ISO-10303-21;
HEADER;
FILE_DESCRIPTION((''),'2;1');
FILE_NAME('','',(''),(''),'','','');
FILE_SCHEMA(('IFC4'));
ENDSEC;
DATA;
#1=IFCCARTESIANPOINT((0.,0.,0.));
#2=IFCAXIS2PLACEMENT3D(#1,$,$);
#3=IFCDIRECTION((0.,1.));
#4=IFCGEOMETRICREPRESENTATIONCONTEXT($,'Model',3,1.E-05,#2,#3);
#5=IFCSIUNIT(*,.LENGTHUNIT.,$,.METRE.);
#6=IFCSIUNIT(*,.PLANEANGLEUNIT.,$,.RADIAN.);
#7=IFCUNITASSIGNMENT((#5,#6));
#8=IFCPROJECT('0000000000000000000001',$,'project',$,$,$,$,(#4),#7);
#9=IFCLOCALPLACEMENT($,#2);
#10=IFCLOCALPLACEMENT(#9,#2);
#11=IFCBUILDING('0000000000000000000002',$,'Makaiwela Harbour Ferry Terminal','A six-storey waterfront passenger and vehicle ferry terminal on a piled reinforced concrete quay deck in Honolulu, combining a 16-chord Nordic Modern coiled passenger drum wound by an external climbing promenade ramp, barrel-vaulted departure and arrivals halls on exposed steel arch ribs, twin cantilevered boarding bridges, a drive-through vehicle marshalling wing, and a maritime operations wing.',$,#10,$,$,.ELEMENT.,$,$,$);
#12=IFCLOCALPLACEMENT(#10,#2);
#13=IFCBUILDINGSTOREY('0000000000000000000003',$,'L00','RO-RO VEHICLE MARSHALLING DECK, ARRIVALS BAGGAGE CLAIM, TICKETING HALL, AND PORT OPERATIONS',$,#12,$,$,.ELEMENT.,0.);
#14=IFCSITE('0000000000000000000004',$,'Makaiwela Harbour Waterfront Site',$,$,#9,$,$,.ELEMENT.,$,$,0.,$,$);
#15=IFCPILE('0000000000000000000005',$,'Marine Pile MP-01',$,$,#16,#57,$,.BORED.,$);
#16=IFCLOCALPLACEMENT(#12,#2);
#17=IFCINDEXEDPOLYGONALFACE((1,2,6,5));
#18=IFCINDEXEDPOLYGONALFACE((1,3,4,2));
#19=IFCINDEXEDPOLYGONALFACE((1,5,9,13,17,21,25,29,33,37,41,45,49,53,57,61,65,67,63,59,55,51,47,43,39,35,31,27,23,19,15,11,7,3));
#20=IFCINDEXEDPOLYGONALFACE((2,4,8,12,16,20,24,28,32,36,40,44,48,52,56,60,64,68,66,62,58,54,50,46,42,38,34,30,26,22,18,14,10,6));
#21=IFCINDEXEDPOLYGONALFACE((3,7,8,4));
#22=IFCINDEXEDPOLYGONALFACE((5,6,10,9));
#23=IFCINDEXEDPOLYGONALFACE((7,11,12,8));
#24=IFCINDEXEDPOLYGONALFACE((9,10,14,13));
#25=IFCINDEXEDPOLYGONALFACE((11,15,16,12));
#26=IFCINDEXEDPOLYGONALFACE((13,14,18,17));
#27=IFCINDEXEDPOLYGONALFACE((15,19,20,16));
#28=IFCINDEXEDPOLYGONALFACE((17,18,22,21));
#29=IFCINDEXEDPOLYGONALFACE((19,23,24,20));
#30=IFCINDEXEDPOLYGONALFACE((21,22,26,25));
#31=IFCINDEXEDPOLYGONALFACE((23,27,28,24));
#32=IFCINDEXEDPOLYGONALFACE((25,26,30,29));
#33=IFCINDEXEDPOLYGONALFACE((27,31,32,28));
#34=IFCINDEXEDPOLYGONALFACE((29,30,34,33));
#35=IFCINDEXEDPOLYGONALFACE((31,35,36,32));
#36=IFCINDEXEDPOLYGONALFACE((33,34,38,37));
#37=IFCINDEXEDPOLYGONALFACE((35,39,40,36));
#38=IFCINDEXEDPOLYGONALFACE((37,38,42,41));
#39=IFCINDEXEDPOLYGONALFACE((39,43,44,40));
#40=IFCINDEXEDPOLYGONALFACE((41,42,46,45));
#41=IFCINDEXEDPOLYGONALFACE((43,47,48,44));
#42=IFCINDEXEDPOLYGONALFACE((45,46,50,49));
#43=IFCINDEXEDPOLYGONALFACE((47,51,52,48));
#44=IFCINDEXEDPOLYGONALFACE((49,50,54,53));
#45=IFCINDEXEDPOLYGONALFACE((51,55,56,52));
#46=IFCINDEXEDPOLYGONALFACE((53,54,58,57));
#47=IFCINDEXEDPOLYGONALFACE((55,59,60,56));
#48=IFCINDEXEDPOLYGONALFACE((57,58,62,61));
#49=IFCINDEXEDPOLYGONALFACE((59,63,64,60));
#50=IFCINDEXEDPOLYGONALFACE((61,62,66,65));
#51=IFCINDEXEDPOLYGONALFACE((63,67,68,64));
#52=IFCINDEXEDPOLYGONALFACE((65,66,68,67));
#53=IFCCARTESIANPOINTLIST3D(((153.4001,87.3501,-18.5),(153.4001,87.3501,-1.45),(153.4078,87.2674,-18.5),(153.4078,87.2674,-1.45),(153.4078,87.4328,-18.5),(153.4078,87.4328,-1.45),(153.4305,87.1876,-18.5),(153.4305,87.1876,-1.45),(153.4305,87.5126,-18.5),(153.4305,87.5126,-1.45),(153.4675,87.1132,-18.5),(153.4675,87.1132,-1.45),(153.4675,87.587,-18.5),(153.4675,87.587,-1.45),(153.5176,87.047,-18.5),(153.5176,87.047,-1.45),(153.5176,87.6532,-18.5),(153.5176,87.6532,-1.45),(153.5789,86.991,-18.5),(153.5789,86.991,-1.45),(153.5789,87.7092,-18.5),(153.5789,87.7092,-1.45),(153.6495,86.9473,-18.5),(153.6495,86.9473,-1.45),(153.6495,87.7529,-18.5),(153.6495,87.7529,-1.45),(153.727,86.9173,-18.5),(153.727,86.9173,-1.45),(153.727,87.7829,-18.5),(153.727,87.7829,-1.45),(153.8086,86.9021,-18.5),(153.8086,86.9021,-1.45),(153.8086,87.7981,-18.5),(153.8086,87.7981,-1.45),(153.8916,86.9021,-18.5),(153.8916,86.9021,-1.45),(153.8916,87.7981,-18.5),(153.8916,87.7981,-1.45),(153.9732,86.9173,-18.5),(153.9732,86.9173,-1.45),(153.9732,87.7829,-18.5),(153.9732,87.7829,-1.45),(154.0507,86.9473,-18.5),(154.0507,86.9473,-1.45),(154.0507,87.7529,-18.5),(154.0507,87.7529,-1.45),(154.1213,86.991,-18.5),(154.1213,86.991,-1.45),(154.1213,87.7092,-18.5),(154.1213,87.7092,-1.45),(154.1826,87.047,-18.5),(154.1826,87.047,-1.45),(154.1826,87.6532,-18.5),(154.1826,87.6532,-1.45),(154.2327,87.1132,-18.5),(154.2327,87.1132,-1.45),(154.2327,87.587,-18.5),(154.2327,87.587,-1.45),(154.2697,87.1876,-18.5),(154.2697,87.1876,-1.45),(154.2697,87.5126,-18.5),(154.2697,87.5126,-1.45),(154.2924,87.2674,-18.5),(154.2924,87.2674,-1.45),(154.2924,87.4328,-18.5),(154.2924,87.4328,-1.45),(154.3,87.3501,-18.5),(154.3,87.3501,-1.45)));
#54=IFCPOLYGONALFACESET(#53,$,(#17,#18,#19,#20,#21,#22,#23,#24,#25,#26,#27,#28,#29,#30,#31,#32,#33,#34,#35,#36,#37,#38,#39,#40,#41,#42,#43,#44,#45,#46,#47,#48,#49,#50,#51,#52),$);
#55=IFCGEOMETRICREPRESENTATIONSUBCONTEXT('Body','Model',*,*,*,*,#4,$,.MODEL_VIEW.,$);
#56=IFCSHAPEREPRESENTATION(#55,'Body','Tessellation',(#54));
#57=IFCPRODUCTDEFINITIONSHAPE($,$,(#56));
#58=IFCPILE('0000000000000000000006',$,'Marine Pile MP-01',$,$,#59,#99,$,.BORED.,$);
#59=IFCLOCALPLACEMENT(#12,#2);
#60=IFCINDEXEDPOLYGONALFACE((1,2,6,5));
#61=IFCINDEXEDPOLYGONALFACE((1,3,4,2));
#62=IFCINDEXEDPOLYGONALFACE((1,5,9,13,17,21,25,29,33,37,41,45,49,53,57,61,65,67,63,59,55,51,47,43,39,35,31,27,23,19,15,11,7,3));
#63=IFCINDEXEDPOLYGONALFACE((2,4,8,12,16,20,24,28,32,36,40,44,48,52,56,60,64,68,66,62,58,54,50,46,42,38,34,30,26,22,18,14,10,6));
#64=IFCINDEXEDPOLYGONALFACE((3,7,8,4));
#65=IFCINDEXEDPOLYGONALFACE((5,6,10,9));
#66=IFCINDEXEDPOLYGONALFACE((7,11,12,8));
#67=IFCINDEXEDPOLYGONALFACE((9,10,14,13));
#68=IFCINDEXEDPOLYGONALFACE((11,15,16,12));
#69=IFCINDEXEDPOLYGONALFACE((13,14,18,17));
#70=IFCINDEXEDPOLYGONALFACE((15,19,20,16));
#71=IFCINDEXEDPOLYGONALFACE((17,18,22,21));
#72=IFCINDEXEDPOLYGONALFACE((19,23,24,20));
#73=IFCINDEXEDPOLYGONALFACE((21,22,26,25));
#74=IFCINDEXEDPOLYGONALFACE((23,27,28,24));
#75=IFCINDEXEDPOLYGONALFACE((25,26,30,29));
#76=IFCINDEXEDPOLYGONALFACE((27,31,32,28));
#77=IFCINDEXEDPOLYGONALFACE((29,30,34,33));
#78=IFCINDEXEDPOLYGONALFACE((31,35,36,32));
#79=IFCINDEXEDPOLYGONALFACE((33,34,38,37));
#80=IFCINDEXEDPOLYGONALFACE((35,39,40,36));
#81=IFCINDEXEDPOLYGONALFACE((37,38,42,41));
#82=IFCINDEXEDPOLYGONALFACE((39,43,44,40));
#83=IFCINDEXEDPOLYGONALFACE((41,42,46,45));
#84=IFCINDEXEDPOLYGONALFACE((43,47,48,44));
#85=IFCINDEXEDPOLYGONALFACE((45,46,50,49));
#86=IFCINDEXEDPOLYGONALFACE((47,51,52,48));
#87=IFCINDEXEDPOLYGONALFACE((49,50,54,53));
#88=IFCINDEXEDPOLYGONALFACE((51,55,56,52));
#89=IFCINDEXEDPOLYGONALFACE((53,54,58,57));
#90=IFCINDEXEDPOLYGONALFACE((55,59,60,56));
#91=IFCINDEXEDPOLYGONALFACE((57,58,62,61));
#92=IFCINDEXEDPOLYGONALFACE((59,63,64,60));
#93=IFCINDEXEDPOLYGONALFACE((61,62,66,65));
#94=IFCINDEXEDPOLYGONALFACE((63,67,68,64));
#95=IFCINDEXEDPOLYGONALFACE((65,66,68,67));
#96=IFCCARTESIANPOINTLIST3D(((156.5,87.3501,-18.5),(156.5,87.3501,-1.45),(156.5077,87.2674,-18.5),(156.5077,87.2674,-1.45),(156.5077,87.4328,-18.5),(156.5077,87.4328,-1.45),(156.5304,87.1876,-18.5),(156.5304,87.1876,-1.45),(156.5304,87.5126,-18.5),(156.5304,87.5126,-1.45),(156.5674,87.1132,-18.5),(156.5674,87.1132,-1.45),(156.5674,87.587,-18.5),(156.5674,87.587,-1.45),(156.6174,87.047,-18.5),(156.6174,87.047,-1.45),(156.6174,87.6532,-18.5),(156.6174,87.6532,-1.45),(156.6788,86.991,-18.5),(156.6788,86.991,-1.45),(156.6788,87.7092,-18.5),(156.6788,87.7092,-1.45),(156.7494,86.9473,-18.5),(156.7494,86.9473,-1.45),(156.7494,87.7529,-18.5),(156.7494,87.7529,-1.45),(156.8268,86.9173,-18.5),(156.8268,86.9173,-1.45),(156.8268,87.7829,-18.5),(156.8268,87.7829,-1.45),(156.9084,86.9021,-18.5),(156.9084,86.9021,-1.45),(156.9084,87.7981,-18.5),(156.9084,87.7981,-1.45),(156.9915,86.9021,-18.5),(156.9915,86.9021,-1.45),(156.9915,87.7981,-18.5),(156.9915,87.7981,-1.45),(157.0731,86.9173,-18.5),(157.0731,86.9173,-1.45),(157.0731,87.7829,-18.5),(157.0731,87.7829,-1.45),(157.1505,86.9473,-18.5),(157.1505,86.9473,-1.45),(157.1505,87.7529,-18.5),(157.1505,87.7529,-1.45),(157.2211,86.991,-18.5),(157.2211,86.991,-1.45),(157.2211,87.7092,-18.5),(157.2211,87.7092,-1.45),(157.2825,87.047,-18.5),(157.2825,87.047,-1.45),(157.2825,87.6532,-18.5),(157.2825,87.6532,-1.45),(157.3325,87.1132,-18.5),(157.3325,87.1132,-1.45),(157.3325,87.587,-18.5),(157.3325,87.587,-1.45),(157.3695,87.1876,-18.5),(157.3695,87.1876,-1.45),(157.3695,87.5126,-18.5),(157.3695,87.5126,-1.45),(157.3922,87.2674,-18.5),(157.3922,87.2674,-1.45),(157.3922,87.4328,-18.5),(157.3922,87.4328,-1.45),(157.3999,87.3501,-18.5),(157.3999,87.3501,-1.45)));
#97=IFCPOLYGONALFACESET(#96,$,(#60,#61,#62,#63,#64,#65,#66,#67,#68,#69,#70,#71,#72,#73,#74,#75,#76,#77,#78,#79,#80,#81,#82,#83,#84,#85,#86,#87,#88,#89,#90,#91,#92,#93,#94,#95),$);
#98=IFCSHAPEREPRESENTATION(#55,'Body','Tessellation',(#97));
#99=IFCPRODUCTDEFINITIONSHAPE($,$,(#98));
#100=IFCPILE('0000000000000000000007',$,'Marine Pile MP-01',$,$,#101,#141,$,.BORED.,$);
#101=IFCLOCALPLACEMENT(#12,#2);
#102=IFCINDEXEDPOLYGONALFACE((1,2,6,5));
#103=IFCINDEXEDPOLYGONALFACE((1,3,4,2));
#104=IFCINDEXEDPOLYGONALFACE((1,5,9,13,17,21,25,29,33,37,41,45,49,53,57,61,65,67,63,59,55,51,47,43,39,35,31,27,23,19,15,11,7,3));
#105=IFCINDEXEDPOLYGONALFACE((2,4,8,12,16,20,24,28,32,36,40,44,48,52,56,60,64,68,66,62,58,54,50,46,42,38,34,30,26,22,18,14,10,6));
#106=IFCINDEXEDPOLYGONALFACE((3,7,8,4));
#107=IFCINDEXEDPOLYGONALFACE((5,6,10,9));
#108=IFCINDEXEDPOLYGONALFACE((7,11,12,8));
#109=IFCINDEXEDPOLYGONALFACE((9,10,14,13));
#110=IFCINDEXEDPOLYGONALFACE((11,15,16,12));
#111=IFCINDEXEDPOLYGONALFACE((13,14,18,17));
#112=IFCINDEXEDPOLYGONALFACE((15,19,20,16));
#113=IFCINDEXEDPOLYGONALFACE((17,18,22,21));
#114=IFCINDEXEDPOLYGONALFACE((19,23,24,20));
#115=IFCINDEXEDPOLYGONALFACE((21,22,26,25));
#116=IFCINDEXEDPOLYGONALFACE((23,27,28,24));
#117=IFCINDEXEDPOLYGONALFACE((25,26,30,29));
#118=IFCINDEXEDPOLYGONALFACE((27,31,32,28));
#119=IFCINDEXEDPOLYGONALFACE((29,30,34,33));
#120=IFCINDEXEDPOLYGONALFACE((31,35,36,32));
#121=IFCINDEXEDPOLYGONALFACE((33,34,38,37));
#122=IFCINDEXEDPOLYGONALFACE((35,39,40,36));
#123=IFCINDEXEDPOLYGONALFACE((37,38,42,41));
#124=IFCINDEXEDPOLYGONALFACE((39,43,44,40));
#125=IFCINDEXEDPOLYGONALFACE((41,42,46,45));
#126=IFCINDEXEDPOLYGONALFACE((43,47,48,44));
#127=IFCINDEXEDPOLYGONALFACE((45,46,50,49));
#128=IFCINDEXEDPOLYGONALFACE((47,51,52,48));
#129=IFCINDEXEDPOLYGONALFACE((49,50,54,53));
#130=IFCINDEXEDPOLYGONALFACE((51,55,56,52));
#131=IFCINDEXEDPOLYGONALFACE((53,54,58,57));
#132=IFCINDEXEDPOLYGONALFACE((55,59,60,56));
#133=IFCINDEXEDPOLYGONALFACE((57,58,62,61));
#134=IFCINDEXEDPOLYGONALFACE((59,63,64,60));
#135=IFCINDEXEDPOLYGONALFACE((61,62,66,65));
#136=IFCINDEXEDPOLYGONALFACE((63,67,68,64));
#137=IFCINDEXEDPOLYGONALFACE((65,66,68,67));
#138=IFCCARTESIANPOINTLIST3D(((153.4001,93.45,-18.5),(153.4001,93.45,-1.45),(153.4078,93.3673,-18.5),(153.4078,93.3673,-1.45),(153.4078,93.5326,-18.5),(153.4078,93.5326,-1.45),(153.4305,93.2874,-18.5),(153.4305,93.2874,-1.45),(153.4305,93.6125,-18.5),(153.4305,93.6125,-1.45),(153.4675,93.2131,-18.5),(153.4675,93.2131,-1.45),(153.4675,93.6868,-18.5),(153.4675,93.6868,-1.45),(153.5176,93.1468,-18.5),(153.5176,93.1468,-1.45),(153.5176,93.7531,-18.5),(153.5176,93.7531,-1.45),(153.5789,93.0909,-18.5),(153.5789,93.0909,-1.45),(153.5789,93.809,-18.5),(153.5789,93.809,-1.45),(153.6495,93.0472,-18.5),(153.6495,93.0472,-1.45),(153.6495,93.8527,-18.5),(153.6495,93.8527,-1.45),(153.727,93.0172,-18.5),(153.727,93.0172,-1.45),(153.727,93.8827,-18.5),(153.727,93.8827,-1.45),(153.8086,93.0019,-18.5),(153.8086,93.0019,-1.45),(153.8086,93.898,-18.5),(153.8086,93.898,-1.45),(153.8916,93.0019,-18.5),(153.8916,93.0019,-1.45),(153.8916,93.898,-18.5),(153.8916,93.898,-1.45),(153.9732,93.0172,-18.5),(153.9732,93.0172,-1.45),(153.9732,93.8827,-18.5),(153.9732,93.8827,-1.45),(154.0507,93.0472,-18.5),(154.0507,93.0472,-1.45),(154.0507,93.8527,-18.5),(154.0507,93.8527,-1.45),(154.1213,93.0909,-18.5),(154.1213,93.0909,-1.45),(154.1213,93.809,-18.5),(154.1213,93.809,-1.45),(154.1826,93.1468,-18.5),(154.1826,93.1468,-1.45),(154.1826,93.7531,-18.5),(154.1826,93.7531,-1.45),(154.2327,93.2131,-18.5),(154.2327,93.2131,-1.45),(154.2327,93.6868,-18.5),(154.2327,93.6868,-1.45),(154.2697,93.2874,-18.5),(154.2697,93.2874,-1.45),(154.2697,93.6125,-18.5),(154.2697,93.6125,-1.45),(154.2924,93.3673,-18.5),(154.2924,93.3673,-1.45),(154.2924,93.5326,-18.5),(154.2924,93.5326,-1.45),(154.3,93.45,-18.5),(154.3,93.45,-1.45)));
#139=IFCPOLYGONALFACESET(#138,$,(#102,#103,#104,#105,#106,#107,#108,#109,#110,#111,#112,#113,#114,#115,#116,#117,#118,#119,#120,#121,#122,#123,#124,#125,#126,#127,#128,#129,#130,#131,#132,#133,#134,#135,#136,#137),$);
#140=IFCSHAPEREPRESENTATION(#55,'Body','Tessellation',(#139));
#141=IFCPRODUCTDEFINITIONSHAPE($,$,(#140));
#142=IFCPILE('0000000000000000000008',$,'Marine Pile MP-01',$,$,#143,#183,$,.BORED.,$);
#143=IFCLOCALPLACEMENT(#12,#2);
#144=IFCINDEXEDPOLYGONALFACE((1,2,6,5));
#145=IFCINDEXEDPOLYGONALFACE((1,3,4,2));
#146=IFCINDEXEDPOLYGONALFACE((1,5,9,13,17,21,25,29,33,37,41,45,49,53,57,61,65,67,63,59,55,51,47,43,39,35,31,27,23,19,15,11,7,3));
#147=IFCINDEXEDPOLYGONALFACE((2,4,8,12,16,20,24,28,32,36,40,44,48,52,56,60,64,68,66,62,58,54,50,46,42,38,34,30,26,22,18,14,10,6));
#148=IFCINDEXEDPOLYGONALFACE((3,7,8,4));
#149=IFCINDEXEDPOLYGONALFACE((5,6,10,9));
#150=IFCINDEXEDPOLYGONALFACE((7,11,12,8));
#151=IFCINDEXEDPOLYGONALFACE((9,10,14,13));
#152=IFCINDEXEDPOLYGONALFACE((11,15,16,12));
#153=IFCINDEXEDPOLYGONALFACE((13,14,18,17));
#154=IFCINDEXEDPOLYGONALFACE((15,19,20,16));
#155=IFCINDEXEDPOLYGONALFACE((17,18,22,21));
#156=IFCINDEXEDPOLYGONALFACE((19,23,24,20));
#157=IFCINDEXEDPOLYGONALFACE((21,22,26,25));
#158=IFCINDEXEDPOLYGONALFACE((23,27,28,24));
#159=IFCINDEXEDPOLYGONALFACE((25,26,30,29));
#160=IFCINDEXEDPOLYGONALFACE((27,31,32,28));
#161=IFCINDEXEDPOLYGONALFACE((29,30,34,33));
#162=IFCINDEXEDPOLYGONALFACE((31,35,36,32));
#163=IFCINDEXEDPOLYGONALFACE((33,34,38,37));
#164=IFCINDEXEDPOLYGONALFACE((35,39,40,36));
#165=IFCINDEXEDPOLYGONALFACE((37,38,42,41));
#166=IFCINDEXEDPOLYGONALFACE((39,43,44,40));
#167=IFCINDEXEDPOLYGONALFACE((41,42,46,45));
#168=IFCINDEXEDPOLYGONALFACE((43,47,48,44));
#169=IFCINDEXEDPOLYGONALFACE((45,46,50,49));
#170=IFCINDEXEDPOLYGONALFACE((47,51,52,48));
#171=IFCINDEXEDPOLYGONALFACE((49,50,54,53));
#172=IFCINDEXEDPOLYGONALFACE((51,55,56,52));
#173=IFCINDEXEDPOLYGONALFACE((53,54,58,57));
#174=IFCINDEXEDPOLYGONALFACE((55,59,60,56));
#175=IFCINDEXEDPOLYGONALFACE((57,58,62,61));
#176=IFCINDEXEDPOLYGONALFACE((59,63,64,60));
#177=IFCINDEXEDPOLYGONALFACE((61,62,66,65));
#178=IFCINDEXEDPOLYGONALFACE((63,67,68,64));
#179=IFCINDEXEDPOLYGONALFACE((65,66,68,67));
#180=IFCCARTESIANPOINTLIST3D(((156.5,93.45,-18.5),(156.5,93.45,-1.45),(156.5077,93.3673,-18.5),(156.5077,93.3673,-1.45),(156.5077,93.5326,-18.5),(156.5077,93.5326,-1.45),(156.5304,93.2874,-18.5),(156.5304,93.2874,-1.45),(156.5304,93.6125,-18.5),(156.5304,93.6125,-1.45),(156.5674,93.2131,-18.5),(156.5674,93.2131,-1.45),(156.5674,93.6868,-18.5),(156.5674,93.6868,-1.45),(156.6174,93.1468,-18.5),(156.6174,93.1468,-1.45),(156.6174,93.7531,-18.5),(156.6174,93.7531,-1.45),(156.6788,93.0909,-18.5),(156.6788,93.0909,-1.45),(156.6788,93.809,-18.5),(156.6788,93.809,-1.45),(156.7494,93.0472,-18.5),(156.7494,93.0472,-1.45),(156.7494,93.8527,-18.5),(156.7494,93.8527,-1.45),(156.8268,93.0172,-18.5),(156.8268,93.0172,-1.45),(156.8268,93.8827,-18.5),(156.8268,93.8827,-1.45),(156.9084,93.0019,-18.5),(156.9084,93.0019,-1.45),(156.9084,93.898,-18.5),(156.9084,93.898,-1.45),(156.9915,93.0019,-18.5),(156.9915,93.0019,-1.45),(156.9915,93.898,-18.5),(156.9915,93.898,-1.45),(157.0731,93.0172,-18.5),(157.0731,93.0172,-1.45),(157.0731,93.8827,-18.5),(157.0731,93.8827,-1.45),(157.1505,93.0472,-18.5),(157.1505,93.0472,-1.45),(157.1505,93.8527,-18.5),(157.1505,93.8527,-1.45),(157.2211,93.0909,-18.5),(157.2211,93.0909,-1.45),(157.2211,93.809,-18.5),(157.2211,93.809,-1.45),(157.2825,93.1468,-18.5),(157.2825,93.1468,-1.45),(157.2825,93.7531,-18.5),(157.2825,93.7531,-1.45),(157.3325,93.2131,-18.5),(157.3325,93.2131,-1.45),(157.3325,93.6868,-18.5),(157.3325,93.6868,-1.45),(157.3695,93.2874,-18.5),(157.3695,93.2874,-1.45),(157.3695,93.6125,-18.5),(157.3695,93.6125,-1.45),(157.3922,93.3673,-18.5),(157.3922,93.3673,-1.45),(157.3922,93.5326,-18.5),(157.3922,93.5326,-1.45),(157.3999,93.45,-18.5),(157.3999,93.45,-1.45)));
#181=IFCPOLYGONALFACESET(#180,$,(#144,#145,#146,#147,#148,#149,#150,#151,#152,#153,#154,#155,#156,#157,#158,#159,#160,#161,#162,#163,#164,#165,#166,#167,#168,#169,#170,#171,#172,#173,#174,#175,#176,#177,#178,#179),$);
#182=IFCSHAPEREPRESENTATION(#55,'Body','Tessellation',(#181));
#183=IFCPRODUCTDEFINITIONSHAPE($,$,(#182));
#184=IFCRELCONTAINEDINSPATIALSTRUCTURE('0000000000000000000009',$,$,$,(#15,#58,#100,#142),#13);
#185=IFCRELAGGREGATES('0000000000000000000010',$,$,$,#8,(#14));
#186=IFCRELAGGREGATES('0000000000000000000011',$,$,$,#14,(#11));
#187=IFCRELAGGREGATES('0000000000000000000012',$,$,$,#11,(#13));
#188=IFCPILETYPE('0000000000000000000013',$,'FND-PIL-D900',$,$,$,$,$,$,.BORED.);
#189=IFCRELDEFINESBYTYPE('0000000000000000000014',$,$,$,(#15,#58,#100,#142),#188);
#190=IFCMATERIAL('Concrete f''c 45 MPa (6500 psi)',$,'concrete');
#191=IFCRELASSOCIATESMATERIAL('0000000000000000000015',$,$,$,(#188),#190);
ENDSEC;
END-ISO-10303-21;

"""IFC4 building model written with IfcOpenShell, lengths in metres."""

from ifc_helpers import new_model, si_unit, direction, frame, origin, origin_2d, place, context, subcontext, project, spatial, circle, extrude, material, material_profile, profile_set, type_object, element, save


model = new_model("IFC4")

# Units and contexts
model_context = context("Model", 3, precision=1e-05, world=origin(), true_north=direction((0.0, 1.0)))
body_context = subcontext(model_context, "Body", "Model", "MODEL_VIEW")
ifc_project = project(units=[si_unit("LENGTHUNIT", "METRE"), si_unit("PLANEANGLEUNIT", "RADIAN")], contexts=[model_context])

# Site, building, storey
site_placement = place(None, origin())
site = spatial("IfcSite", under=ifc_project, at=site_placement, Name="Makaiwela Harbour Waterfront Site", CompositionType="ELEMENT", RefElevation=0.0)
building_placement = place(site_placement, origin())
building = spatial("IfcBuilding", under=site, at=building_placement, Name="Makaiwela Harbour Ferry Terminal", Description="A six-storey waterfront passenger and vehicle ferry terminal on a piled reinforced concrete quay deck in Honolulu, combining a 16-chord Nordic Modern coiled passenger drum wound by an external climbing promenade ramp, barrel-vaulted departure and arrivals halls on exposed steel arch ribs, twin cantilevered boarding bridges, a drive-through vehicle marshalling wing, and a maritime operations wing.", CompositionType="ELEMENT")
storey_placement = place(building_placement, origin())
storey = spatial("IfcBuildingStorey", under=building, at=storey_placement, Name="L00", Description="RO-RO VEHICLE MARSHALLING DECK, ARRIVALS BAGGAGE CLAIM, TICKETING HALL, AND PORT OPERATIONS", CompositionType="ELEMENT", Elevation=0.0)

# Shared definitions
ifc_material_1 = material(Name="Concrete f'c 45 MPa (6500 psi)", Category="concrete")

# Piles
ifc_material_profile_1 = material_profile(ifc_material_1, circle(Radius=0.45, at=origin_2d()), Name="PILE-D900")
ifc_profile_set_1 = profile_set([ifc_material_profile_1], Name="Concrete f'c 45 MPa (6500 psi)")
pile_type = type_object("IfcPileType", Name="FND-PIL-D900", PredefinedType="BORED", material=ifc_profile_set_1)
for number, where, z_axis, x_axis, name in (
    (1, (153.8501, 87.3501, -1.45), (0.0, 0.0, -1.0), (1.0, 0.0, 0.0), "Marine Pile MP-01"),
    (2, (156.95, 87.3501, -1.45), (0.0, 0.0, -1.0), (1.0, 0.0, 0.0), "Marine Pile MP-01"),
    (3, (153.8501, 93.45, -1.45), (0.0, 0.0, -1.0), (1.0, 0.0, 0.0), "Marine Pile MP-01"),
    (4, (156.95, 93.45, -1.45), (0.0, 0.0, -1.0), (1.0, 0.0, 0.0), "Marine Pile MP-01"),
):
    element("IfcPile", number, at=place(storey_placement, frame(where, z_axis=z_axis, x_axis=x_axis)), inside=storey, type_object=pile_type, Name=name, PredefinedType="BORED", context=body_context, shape_type="SweptSolid", body=[
        extrude(circle(Radius=0.45, at=origin_2d()), origin(), (0.0, 0.0, 1.0), 17.05),
    ])

save(model, "model.ifc")
